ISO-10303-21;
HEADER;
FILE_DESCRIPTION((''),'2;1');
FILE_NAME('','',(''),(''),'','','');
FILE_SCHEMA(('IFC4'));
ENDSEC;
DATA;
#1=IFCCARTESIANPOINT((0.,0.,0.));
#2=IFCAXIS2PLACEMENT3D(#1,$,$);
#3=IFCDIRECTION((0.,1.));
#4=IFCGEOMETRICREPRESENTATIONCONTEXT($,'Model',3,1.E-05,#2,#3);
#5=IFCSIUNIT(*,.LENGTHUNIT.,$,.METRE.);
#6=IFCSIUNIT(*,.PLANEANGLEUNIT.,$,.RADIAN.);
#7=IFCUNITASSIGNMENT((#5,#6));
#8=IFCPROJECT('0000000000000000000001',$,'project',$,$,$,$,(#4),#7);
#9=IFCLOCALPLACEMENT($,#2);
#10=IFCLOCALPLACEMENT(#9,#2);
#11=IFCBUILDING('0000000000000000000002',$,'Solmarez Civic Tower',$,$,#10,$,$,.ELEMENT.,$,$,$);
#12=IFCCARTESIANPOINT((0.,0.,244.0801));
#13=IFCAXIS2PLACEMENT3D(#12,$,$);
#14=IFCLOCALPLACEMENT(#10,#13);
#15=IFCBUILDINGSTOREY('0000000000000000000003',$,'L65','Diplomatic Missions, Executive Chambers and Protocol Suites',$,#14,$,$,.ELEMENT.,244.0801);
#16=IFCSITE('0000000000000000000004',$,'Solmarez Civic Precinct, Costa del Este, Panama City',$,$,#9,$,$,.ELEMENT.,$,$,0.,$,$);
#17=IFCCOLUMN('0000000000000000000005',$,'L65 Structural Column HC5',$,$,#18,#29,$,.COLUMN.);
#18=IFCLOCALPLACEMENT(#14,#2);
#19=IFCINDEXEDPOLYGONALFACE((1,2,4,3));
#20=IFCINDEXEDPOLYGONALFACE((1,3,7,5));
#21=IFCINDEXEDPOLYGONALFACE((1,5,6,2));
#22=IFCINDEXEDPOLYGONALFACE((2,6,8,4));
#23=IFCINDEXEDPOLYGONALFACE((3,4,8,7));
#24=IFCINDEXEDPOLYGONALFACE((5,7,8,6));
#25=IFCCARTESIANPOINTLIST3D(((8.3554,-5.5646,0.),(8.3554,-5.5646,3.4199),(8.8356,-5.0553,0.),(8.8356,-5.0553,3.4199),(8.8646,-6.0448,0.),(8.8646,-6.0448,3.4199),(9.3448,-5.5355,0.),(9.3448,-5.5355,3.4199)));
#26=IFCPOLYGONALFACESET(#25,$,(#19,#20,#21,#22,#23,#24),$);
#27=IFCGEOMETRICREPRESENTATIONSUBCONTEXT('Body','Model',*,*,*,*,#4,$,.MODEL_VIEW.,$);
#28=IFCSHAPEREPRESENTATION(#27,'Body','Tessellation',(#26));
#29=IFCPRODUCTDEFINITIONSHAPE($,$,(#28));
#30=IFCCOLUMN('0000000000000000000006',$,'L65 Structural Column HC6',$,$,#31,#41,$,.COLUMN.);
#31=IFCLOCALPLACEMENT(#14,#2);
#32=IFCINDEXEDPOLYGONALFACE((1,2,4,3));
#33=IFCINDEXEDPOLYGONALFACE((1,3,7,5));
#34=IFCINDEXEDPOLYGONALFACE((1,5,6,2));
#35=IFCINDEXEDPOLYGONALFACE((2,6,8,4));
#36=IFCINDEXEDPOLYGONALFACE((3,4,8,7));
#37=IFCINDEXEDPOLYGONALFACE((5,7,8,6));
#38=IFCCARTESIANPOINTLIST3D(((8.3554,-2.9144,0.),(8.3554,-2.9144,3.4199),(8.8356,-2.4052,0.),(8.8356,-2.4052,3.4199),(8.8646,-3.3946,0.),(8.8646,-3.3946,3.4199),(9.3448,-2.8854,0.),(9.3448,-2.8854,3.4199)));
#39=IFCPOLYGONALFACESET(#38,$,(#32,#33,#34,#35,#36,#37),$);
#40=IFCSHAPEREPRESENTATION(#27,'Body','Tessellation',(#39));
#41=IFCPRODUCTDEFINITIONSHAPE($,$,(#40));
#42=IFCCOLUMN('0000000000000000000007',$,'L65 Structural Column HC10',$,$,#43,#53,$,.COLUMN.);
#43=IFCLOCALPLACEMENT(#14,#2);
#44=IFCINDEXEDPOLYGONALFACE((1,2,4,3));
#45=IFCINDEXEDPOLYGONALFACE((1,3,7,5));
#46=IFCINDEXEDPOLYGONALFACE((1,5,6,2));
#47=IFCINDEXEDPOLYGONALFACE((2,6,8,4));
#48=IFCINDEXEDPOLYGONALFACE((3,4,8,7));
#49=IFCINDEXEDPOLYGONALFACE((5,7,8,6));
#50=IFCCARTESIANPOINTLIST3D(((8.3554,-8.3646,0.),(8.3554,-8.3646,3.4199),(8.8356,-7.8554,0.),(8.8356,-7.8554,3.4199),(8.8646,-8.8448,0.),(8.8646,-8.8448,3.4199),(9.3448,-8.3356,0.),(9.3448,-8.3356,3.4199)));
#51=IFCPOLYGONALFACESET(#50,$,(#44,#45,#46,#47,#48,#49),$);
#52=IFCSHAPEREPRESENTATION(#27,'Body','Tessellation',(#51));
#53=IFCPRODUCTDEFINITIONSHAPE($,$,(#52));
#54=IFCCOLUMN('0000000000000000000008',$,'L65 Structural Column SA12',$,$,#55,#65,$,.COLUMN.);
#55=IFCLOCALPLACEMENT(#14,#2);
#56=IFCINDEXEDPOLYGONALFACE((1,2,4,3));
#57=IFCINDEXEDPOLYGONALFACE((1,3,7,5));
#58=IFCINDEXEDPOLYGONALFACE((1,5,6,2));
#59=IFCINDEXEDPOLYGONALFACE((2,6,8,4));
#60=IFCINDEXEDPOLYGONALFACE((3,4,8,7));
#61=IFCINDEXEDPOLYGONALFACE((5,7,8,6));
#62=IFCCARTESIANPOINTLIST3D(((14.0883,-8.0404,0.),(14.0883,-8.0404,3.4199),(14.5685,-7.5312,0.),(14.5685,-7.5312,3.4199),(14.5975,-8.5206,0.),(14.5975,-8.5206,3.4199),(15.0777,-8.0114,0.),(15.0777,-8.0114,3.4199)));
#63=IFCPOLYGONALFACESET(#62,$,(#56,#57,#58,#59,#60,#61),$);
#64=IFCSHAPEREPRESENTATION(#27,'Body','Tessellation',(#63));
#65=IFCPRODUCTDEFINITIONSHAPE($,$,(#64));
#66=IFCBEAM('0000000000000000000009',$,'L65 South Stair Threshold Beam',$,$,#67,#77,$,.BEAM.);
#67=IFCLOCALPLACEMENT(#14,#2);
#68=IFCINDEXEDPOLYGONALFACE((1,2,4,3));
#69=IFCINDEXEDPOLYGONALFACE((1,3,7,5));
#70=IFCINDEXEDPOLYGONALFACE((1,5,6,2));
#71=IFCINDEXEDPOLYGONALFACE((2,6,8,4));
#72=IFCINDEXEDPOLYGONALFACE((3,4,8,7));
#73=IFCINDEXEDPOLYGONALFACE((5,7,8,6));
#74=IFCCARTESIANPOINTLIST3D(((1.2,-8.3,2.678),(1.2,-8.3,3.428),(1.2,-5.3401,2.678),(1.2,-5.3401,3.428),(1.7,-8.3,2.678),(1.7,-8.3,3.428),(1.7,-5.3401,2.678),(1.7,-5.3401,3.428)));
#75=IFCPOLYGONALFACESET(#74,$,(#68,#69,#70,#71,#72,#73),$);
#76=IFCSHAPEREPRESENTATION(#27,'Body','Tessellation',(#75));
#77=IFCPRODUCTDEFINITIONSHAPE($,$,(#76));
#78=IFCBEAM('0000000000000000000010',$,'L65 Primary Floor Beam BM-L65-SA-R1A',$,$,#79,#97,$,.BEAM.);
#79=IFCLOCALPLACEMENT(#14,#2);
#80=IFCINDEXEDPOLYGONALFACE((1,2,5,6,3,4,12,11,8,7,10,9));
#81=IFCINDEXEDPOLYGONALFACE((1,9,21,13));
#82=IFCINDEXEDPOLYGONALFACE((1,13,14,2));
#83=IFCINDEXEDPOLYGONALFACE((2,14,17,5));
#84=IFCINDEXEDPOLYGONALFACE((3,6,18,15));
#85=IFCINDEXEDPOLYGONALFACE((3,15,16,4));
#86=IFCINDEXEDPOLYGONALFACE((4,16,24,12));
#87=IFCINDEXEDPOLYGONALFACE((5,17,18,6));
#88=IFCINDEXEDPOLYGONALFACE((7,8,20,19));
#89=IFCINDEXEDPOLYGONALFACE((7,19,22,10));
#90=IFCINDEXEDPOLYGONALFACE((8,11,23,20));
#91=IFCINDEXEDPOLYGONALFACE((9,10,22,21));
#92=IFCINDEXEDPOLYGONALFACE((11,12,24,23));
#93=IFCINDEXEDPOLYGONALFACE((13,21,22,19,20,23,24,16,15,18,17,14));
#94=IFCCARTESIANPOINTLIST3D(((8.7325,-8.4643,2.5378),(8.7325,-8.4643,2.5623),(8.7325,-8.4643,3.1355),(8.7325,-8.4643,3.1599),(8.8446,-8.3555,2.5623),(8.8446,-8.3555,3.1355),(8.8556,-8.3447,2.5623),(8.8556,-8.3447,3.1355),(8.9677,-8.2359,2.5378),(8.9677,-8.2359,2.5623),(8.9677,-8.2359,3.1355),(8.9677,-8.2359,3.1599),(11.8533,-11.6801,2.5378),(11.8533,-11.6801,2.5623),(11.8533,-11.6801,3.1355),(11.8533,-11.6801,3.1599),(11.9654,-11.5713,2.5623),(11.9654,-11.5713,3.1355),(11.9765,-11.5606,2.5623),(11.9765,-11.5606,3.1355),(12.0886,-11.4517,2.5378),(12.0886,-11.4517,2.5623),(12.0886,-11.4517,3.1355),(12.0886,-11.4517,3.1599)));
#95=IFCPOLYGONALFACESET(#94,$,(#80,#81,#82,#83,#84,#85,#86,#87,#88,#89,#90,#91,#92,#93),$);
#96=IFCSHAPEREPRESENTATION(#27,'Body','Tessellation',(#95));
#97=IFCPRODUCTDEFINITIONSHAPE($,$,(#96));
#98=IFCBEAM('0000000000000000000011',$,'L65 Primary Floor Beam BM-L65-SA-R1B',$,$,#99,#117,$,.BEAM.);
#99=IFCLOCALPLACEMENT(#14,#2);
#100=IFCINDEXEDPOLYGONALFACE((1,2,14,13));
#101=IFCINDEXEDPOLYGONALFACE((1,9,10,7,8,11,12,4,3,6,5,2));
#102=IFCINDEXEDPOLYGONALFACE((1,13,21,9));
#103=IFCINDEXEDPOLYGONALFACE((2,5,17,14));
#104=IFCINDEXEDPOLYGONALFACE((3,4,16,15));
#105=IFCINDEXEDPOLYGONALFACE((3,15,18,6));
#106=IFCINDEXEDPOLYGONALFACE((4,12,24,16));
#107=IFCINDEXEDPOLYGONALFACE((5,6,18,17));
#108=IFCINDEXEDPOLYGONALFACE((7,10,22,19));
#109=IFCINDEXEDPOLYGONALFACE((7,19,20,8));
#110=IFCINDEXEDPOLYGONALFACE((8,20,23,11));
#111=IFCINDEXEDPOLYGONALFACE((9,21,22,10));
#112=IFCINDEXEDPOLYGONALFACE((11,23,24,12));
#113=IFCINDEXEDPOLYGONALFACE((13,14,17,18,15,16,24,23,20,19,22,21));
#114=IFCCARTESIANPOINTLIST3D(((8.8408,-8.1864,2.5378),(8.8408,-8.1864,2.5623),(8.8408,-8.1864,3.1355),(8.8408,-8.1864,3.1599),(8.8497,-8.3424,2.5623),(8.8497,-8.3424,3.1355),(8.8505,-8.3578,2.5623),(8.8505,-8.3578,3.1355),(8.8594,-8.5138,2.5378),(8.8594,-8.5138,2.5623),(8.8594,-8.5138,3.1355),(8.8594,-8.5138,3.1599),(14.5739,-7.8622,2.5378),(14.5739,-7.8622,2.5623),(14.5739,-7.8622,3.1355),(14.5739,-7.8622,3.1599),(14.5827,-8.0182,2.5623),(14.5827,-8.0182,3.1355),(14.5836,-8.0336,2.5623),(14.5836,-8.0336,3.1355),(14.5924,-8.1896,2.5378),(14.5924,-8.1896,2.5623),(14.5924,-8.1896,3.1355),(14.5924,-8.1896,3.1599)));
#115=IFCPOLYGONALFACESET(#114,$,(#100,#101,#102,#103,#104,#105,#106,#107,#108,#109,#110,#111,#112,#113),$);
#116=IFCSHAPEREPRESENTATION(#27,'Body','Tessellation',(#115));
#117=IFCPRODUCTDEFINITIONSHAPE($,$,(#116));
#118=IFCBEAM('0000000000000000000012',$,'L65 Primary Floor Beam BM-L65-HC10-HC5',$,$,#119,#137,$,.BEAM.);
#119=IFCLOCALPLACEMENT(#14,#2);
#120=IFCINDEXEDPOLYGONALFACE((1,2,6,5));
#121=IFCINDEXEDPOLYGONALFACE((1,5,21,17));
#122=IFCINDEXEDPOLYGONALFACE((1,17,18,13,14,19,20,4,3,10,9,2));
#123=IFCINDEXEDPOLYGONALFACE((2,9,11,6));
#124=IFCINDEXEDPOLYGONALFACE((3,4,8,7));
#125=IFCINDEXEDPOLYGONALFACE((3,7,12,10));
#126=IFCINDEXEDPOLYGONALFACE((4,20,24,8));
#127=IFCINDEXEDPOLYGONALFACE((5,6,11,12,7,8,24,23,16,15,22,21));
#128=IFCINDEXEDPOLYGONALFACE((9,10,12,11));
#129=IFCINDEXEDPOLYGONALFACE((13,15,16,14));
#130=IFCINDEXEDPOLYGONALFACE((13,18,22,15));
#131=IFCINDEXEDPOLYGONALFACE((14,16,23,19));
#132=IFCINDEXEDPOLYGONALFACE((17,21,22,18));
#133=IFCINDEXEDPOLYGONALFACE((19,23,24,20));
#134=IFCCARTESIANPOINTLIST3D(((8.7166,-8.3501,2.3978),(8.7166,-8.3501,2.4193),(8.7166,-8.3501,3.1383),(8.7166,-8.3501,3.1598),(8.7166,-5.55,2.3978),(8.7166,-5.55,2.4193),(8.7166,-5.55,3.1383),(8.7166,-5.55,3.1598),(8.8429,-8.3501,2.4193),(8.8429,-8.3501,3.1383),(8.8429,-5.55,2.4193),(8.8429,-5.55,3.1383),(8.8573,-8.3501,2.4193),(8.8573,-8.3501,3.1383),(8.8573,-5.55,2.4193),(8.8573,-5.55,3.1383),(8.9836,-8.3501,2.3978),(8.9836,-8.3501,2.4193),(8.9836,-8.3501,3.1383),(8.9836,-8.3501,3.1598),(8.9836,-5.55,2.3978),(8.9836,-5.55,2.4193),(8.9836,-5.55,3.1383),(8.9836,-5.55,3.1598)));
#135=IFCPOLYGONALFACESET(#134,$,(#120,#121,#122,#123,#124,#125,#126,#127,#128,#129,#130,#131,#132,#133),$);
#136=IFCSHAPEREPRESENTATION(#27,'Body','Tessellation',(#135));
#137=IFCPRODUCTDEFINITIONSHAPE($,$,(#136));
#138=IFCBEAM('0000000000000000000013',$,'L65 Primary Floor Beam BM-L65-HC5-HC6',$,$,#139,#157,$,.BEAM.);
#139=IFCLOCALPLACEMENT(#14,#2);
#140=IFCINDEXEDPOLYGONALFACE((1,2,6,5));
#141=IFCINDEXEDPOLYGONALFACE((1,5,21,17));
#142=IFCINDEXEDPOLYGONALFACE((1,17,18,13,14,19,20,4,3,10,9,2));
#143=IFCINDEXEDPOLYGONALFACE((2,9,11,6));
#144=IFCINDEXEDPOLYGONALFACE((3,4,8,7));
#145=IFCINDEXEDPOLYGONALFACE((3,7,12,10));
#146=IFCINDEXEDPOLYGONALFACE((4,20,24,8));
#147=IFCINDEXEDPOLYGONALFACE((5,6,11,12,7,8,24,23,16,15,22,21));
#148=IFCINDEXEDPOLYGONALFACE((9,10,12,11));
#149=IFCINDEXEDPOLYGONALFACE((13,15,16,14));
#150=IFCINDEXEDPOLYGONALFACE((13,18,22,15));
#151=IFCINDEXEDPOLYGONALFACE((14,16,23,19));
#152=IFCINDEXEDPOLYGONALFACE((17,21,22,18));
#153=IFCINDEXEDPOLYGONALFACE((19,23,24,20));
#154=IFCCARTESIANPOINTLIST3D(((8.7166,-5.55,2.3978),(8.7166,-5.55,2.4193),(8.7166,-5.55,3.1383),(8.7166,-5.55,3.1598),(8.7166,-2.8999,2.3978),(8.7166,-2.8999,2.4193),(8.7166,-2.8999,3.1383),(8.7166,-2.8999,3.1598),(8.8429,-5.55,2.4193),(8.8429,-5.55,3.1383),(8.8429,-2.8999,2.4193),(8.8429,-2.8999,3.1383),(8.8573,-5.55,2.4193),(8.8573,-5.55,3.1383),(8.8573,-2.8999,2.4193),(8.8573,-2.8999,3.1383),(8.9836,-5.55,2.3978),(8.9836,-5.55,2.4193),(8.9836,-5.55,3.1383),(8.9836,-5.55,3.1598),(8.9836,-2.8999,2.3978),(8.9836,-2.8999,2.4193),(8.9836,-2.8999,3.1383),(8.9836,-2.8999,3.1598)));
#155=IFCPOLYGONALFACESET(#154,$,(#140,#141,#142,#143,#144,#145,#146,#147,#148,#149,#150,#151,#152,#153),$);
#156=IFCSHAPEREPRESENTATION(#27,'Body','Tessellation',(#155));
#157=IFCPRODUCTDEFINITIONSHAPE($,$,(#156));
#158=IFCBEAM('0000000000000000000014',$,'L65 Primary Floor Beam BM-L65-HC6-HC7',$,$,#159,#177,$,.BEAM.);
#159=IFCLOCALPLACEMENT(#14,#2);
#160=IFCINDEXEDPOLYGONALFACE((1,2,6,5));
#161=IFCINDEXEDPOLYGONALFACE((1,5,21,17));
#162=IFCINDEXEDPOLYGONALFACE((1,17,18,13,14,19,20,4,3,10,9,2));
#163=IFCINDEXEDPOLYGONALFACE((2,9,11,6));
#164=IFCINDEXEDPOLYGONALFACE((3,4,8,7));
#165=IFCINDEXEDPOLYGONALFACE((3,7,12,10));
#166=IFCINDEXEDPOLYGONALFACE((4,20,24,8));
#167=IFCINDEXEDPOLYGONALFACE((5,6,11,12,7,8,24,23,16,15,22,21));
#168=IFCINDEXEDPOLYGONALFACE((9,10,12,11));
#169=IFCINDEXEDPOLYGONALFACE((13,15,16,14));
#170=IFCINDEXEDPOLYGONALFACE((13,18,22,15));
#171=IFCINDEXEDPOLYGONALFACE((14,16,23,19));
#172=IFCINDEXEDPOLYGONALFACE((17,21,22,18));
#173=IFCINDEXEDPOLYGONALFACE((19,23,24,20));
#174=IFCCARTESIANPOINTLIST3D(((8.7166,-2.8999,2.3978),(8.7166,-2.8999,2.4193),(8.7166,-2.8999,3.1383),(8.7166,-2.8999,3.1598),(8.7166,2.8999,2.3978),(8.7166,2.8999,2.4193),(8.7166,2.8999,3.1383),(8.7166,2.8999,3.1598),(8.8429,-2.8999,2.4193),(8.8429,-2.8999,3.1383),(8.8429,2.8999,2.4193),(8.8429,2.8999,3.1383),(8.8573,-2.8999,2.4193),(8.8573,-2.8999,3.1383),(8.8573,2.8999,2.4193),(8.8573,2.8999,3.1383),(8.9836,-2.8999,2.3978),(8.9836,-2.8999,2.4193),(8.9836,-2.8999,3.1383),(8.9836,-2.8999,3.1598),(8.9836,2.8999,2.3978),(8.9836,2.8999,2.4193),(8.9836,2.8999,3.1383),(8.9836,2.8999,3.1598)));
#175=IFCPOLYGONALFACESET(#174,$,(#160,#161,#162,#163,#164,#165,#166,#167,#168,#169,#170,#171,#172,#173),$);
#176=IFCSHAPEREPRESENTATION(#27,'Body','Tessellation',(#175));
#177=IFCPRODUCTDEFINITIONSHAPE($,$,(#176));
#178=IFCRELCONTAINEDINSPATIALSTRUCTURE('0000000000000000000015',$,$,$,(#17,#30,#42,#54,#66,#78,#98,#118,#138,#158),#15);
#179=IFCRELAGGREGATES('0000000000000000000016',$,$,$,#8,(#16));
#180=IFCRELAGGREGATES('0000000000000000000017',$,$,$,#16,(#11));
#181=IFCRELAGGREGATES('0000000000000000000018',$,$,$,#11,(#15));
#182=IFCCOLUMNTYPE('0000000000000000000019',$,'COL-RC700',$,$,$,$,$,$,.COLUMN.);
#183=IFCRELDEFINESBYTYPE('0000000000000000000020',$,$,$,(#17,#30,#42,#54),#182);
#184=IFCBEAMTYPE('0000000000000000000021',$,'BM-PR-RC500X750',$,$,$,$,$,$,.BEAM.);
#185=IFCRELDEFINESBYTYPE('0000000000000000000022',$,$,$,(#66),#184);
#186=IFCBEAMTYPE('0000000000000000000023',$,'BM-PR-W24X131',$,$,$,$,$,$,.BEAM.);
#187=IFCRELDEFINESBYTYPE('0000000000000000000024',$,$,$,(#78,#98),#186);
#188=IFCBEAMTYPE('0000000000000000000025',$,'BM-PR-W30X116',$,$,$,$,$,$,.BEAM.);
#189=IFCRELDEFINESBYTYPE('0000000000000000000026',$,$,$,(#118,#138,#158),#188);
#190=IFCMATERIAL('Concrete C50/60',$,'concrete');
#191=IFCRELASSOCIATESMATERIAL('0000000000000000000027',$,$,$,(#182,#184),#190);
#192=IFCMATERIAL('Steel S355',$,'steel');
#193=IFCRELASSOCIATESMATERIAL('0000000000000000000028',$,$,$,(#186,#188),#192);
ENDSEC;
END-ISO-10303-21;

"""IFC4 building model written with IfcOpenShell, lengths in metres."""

from ifc_helpers import new_model, si_unit, direction, frame, origin, origin_2d, place, context, subcontext, project, spatial, rectangle, i_section, extrude, material, material_profile, profile_set, type_object, element, save


model = new_model("IFC4")

# Units and contexts
model_context = context("Model", 3, precision=1e-05, world=origin(), true_north=direction((0.0, 1.0)))
body_context = subcontext(model_context, "Body", "Model", "MODEL_VIEW")
ifc_project = project(units=[si_unit("LENGTHUNIT", "METRE"), si_unit("PLANEANGLEUNIT", "RADIAN")], contexts=[model_context])

# Site, building, storey
site_placement = place(None, origin())
site = spatial("IfcSite", under=ifc_project, at=site_placement, Name="Solmarez Civic Precinct, Costa del Este, Panama City", CompositionType="ELEMENT", RefElevation=0.0)
building_placement = place(site_placement, origin())
building = spatial("IfcBuilding", under=site, at=building_placement, Name="Solmarez Civic Tower", CompositionType="ELEMENT")
storey_placement = place(building_placement, frame((0.0, 0.0, 244.0801)))
storey = spatial("IfcBuildingStorey", under=building, at=storey_placement, Name="L65", Description="Diplomatic Missions, Executive Chambers and Protocol Suites", CompositionType="ELEMENT", Elevation=244.0801)

# Columns
ifc_material_1 = material(Name="Concrete C50/60", Category="concrete")
ifc_material_profile_1 = material_profile(ifc_material_1, rectangle(XDim=0.7, YDim=0.7, at=origin_2d()), Name="RC700X700")
ifc_profile_set_1 = profile_set([ifc_material_profile_1], Name="Concrete C50/60")
column_type = type_object("IfcColumnType", Name="COL-RC700", PredefinedType="COLUMN", material=ifc_profile_set_1)
for number, where, z_axis, x_axis, name in (
    (1, (8.8501, -5.55, 0.0), (0.0, 0.0, 1.0), (0.686072, 0.727533, 0.0), "L65 Structural Column HC5"),
    (2, (8.8501, -2.8999, 0.0), (0.0, 0.0, 1.0), (0.686072, 0.727533, 0.0), "L65 Structural Column HC6"),
    (3, (8.8501, -8.3501, 0.0), (0.0, 0.0, 1.0), (0.686072, 0.727533, 0.0), "L65 Structural Column HC10"),
    (4, (14.583, -8.0259, 0.0), (0.0, 0.0, 1.0), (0.686072, 0.727533, 0.0), "L65 Structural Column SA12"),
):
    element("IfcColumn", number, at=place(storey_placement, frame(where, z_axis=z_axis, x_axis=x_axis)), inside=storey, type_object=column_type, Name=name, PredefinedType="COLUMN", context=body_context, shape_type="SweptSolid", body=[
        extrude(rectangle(XDim=0.7, YDim=0.7, at=origin_2d()), origin(), (0.0, 0.0, 1.0), 3.4199),
    ])

# Beams
ifc_material_profile_2 = material_profile(ifc_material_1, rectangle(XDim=0.5, YDim=0.75, at=origin_2d()), Name="RC500X750")
ifc_profile_set_2 = profile_set([ifc_material_profile_2], Name="Concrete C50/60")
beam_type_1 = type_object("IfcBeamType", Name="BM-PR-RC500X750", PredefinedType="BEAM", material=ifc_profile_set_2)
beam_1_placement = place(storey_placement, frame((1.45, -8.3, 3.053), z_axis=(0.0, 1.0, 0.0), x_axis=(-1.0, 0.0, 0.0)))
element("IfcBeam", 5, at=beam_1_placement, inside=storey, type_object=beam_type_1, Name="L65 South Stair Threshold Beam", PredefinedType="BEAM", context=body_context, shape_type="SweptSolid", body=[
    extrude(rectangle(XDim=0.5, YDim=0.75, at=origin_2d()), origin(), (0.0, 0.0, 1.0), 2.96),
])
ifc_material_2 = material(Name="Steel S355", Category="steel")
ifc_material_profile_3 = material_profile(ifc_material_2, i_section(OverallWidth=0.3279, OverallDepth=0.6221, WebThickness=0.0154, FlangeThickness=0.0244, at=origin_2d()), Name="W24X131")
ifc_profile_set_3 = profile_set([ifc_material_profile_3], Name="Steel S355")
beam_type_2 = type_object("IfcBeamType", Name="BM-PR-W24X131", PredefinedType="BEAM", material=ifc_profile_set_3)
beam_2_placement = place(storey_placement, frame((8.8501, -8.3501, 2.8489), z_axis=(0.696431, -0.717624, 0.0), x_axis=(0.717624, 0.696431, 0.0)))
element("IfcBeam", 6, at=beam_2_placement, inside=storey, type_object=beam_type_2, Name="L65 Primary Floor Beam BM-L65-SA-R1A", PredefinedType="BEAM", context=body_context, shape_type="SweptSolid", body=[
    extrude(i_section(OverallWidth=0.3279, OverallDepth=0.6221, WebThickness=0.0154, FlangeThickness=0.0244, at=origin_2d()), origin(), (0.0, 0.0, 1.0), 4.4812),
])
beam_3_placement = place(storey_placement, frame((8.8501, -8.3501, 2.8489), z_axis=(0.998405, 0.056464, 0.0), x_axis=(-0.056464, 0.998405, 0.0)))
element("IfcBeam", 7, at=beam_3_placement, inside=storey, type_object=beam_type_2, Name="L65 Primary Floor Beam BM-L65-SA-R1B", PredefinedType="BEAM", context=body_context, shape_type="SweptSolid", body=[
    extrude(i_section(OverallWidth=0.3279, OverallDepth=0.6221, WebThickness=0.0154, FlangeThickness=0.0244, at=origin_2d()), origin(), (0.0, 0.0, 1.0), 5.7422),
])
ifc_material_profile_4 = material_profile(ifc_material_2, i_section(OverallWidth=0.2671, OverallDepth=0.762, WebThickness=0.0144, FlangeThickness=0.0215, at=origin_2d()), Name="W30X116")
ifc_profile_set_4 = profile_set([ifc_material_profile_4], Name="Steel S355")
beam_type_3 = type_object("IfcBeamType", Name="BM-PR-W30X116", PredefinedType="BEAM", material=ifc_profile_set_4)
beam_4_placement = place(storey_placement, frame((8.8501, -8.3501, 2.7788), z_axis=(0.0, 1.0, 0.0), x_axis=(-1.0, 0.0, 0.0)))
element("IfcBeam", 8, at=beam_4_placement, inside=storey, type_object=beam_type_3, Name="L65 Primary Floor Beam BM-L65-HC10-HC5", PredefinedType="BEAM", context=body_context, shape_type="SweptSolid", body=[
    extrude(i_section(OverallWidth=0.2671, OverallDepth=0.762, WebThickness=0.0144, FlangeThickness=0.0215, at=origin_2d()), origin(), (0.0, 0.0, 1.0), 2.8),
])
beam_5_placement = place(storey_placement, frame((8.8501, -5.55, 2.7788), z_axis=(0.0, 1.0, 0.0), x_axis=(-1.0, 0.0, 0.0)))
element("IfcBeam", 9, at=beam_5_placement, inside=storey, type_object=beam_type_3, Name="L65 Primary Floor Beam BM-L65-HC5-HC6", PredefinedType="BEAM", context=body_context, shape_type="SweptSolid", body=[
    extrude(i_section(OverallWidth=0.2671, OverallDepth=0.762, WebThickness=0.0144, FlangeThickness=0.0215, at=origin_2d()), origin(), (0.0, 0.0, 1.0), 2.6501),
])
beam_6_placement = place(storey_placement, frame((8.8501, -2.8999, 2.7788), z_axis=(0.0, 1.0, 0.0), x_axis=(-1.0, 0.0, 0.0)))
element("IfcBeam", 10, at=beam_6_placement, inside=storey, type_object=beam_type_3, Name="L65 Primary Floor Beam BM-L65-HC6-HC7", PredefinedType="BEAM", context=body_context, shape_type="SweptSolid", body=[
    extrude(i_section(OverallWidth=0.2671, OverallDepth=0.762, WebThickness=0.0144, FlangeThickness=0.0215, at=origin_2d()), origin(), (0.0, 0.0, 1.0), 5.7998),
])

save(model, "model.ifc")
